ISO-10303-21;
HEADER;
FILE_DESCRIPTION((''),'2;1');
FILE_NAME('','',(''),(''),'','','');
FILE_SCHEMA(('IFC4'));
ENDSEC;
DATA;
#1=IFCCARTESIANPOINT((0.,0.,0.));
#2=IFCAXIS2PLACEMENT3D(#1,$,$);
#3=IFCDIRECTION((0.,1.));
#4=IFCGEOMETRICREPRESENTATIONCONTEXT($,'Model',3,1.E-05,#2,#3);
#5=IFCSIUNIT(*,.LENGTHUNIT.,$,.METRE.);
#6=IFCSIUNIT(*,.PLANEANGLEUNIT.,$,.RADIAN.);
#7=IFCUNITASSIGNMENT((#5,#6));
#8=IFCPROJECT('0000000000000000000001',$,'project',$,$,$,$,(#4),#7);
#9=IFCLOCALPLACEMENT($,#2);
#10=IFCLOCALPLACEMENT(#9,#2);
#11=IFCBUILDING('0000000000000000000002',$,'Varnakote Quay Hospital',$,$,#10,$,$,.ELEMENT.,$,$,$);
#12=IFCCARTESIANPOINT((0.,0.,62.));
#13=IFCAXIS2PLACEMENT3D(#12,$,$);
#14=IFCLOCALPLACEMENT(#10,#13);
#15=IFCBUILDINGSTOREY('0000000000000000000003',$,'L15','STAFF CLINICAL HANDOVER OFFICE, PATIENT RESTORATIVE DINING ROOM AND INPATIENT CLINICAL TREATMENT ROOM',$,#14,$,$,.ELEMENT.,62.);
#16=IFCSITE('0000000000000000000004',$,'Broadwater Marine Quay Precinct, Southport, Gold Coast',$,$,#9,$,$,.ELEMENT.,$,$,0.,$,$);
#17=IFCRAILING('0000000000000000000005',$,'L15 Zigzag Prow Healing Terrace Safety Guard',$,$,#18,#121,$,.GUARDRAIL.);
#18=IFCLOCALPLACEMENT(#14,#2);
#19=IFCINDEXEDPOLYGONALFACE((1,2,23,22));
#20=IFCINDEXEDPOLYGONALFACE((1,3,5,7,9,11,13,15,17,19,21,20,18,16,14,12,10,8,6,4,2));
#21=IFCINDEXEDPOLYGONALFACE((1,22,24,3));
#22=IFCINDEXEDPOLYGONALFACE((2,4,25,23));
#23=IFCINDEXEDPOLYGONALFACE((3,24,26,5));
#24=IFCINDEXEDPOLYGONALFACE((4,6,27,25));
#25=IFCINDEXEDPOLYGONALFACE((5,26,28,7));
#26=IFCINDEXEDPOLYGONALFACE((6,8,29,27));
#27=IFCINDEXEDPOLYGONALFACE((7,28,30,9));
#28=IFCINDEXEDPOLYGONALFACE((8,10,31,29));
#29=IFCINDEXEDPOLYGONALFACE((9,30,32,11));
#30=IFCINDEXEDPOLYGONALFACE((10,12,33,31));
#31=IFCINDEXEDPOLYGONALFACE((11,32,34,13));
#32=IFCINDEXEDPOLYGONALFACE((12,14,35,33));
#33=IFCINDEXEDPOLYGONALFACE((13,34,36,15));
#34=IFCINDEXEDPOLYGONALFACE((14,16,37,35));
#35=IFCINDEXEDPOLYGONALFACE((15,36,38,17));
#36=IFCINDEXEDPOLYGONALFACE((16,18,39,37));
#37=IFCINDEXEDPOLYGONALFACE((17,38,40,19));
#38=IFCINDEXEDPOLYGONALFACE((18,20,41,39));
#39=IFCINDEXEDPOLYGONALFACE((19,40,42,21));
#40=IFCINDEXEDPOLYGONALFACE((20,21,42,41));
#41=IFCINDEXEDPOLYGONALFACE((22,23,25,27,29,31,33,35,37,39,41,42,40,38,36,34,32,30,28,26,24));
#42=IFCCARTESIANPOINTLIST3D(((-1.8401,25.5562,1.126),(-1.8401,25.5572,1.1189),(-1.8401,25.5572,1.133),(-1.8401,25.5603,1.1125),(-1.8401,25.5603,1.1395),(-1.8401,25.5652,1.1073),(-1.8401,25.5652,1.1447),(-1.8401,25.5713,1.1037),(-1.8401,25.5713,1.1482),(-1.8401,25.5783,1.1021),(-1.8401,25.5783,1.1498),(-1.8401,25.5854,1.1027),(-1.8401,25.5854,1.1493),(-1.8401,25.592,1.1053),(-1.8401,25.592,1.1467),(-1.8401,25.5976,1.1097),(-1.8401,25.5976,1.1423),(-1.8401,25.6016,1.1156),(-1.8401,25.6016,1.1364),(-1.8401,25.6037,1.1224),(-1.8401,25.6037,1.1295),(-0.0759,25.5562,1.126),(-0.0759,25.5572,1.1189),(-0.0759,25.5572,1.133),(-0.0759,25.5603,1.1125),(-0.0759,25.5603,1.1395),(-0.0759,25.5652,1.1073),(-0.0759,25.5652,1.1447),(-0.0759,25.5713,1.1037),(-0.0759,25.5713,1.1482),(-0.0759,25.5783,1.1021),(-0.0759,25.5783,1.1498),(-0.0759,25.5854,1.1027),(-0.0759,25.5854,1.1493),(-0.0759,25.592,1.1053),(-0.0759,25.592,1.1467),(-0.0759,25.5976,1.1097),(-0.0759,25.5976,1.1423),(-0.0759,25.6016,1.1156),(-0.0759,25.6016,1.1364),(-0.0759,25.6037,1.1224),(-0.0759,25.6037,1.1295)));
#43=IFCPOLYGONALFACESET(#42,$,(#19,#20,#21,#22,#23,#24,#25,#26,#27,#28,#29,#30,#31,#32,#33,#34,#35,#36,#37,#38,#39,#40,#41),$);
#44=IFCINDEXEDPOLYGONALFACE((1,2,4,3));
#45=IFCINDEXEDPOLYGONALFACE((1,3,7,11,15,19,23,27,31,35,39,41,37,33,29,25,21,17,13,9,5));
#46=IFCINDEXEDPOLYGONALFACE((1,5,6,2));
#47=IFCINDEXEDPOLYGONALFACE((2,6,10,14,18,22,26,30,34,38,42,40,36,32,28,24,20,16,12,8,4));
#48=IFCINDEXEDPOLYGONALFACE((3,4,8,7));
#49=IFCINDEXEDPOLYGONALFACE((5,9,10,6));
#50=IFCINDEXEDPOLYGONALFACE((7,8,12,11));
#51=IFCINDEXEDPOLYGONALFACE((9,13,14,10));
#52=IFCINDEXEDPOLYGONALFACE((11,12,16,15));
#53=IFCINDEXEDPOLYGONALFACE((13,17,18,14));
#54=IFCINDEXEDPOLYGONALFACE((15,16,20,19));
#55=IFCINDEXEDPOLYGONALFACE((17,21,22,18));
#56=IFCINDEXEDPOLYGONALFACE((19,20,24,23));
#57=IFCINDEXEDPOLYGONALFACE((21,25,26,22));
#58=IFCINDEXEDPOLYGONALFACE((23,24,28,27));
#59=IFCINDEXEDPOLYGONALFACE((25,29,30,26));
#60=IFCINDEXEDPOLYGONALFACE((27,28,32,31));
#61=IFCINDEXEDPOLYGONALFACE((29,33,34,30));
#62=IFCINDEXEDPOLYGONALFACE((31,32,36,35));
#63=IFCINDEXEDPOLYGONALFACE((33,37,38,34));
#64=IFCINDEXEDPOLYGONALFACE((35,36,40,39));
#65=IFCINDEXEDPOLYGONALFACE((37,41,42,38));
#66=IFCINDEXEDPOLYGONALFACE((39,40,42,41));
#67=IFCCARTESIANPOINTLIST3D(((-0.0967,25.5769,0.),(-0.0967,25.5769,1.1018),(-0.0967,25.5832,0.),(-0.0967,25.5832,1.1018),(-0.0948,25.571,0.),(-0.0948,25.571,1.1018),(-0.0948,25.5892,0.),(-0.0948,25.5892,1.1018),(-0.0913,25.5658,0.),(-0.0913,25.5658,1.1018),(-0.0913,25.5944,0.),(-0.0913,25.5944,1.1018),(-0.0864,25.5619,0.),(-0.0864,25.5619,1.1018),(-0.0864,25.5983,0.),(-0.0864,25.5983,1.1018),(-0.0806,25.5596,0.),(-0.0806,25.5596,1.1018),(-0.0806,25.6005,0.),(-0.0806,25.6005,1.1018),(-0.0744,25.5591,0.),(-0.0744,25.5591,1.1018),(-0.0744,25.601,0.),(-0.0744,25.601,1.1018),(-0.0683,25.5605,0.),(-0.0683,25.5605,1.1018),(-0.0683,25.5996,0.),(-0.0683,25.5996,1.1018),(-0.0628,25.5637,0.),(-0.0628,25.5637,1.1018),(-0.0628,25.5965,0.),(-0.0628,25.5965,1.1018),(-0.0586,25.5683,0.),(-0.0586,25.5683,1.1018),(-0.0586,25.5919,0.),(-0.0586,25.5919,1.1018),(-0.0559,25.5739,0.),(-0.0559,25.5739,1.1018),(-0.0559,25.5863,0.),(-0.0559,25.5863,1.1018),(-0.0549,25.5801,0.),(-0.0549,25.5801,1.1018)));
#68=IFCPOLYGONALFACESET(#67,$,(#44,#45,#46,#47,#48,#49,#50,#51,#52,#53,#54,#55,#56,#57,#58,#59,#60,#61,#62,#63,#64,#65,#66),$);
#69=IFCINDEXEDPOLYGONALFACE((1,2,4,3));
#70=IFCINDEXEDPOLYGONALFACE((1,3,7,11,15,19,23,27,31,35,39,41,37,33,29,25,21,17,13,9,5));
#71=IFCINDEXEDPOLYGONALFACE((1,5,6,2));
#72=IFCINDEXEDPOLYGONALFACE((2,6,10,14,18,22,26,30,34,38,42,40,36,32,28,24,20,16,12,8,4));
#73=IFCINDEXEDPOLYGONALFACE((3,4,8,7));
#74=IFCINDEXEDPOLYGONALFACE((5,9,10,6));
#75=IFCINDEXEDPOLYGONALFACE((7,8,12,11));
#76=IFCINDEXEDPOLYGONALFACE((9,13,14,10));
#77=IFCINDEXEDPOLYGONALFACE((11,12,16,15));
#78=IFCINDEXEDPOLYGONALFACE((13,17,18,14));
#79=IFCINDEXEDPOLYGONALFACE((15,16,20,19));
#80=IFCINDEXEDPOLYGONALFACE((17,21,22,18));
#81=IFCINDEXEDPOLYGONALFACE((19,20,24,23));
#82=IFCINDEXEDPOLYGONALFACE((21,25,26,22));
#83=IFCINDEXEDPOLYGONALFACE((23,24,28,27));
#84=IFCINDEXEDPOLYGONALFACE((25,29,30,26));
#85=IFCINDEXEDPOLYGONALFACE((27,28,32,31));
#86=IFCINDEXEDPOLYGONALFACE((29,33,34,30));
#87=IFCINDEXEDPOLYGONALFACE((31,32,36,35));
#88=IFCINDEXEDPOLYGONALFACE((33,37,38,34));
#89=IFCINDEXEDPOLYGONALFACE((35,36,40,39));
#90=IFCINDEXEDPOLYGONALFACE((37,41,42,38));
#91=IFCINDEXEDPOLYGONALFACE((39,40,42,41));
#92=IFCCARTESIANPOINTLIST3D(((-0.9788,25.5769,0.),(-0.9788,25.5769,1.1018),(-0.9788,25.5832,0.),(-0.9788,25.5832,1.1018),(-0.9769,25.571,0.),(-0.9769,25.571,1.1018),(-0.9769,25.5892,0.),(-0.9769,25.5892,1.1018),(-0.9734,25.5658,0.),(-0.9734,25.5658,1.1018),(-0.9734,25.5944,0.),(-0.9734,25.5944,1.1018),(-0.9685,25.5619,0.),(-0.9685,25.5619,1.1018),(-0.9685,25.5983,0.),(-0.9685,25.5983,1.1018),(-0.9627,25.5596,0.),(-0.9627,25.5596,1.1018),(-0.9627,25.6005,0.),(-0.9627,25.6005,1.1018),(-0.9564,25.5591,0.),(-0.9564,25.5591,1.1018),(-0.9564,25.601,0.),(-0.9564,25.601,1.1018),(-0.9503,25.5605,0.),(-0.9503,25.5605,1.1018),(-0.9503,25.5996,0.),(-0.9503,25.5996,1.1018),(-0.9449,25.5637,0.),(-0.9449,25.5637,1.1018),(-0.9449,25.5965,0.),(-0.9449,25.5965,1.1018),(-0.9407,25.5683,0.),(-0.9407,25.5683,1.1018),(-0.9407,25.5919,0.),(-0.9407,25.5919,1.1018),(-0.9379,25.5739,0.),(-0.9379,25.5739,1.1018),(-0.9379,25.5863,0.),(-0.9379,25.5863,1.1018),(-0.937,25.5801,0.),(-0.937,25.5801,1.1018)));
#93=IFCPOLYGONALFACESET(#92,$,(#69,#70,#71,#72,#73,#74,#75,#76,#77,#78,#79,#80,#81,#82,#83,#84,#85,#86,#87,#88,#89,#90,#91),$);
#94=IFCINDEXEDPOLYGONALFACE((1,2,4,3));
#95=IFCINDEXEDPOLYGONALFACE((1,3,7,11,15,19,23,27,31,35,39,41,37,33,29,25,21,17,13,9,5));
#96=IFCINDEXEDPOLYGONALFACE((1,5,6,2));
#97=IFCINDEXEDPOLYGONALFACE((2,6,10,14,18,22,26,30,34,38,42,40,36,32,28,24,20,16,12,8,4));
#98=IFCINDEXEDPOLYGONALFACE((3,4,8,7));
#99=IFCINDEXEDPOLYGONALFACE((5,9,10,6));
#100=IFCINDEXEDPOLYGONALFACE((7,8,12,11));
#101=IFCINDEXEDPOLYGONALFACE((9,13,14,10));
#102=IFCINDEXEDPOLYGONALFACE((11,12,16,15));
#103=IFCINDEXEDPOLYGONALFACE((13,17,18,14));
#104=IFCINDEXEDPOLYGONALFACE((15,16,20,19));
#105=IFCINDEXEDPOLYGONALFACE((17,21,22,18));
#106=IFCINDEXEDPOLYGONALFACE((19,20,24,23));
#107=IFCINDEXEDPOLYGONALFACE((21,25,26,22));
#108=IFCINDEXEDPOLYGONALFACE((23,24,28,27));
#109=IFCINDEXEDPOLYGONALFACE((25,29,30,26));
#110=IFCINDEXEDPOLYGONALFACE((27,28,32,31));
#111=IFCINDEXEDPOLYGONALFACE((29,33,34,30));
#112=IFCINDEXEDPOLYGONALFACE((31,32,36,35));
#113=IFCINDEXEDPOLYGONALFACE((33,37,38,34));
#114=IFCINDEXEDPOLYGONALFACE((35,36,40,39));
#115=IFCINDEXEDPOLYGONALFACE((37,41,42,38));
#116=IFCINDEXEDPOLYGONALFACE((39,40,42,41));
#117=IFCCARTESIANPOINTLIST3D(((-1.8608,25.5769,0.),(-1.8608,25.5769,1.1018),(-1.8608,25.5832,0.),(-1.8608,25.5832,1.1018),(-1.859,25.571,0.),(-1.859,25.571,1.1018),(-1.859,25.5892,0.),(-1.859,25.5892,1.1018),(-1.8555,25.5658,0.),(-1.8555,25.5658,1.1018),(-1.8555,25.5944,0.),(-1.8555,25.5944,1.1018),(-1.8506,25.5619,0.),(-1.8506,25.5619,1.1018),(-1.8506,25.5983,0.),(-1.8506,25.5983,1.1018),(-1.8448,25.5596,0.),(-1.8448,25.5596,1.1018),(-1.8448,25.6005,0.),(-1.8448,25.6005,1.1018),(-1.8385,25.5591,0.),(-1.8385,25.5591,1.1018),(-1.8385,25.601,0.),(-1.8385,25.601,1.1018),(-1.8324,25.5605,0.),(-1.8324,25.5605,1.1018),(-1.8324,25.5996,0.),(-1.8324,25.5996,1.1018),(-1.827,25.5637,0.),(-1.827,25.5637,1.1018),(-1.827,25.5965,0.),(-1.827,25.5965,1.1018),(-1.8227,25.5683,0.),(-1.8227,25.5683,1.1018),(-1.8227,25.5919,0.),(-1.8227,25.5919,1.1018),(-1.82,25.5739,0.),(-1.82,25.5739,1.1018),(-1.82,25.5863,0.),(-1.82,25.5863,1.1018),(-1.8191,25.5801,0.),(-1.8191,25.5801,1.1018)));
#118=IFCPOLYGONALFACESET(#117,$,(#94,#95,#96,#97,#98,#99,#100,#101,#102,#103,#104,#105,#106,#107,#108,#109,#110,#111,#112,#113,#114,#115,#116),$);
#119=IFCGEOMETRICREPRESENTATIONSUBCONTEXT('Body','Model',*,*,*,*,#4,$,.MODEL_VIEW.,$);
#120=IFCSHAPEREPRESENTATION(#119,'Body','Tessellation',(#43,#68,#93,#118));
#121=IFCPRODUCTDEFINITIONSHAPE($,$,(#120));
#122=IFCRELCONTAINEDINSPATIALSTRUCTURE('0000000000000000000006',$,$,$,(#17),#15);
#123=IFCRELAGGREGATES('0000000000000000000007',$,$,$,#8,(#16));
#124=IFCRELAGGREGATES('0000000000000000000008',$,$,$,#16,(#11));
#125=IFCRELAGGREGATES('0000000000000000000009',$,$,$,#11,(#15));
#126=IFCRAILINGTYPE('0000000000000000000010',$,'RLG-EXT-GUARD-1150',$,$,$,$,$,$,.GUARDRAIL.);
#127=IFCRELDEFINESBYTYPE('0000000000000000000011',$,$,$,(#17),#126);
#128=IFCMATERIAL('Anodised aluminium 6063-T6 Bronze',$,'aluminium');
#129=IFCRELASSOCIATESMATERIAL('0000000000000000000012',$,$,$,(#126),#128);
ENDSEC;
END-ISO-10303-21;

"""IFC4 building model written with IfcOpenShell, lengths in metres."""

from ifc_helpers import new_model, si_unit, direction, frame, origin, origin_2d, place, context, subcontext, project, spatial, circle, extrude, material, type_object, element, save


model = new_model("IFC4")

# Units and contexts
model_context = context("Model", 3, precision=1e-05, world=origin(), true_north=direction((0.0, 1.0)))
body_context = subcontext(model_context, "Body", "Model", "MODEL_VIEW")
ifc_project = project(units=[si_unit("LENGTHUNIT", "METRE"), si_unit("PLANEANGLEUNIT", "RADIAN")], contexts=[model_context])

# Site, building, storey
site_placement = place(None, origin())
site = spatial("IfcSite", under=ifc_project, at=site_placement, Name="Broadwater Marine Quay Precinct, Southport, Gold Coast", CompositionType="ELEMENT", RefElevation=0.0)
building_placement = place(site_placement, origin())
building = spatial("IfcBuilding", under=site, at=building_placement, Name="Varnakote Quay Hospital", CompositionType="ELEMENT")
storey_placement = place(building_placement, frame((0.0, 0.0, 62.0)))
storey = spatial("IfcBuildingStorey", under=building, at=storey_placement, Name="L15", Description="STAFF CLINICAL HANDOVER OFFICE, PATIENT RESTORATIVE DINING ROOM AND INPATIENT CLINICAL TREATMENT ROOM", CompositionType="ELEMENT", Elevation=62.0)

# Railing
ifc_material_1 = material(Name="Anodised aluminium 6063-T6 Bronze", Category="aluminium")
railing_type = type_object("IfcRailingType", Name="RLG-EXT-GUARD-1150", PredefinedType="GUARDRAIL", material=ifc_material_1)
railing_1_placement = place(storey_placement, frame((-0.0759, 25.5801, 0.0)))
element("IfcRailing", 1, at=railing_1_placement, inside=storey, type_object=railing_type, Name="L15 Zigzag Prow Healing Terrace Safety Guard", PredefinedType="GUARDRAIL", context=body_context, shape_type="SweptSolid", body=[
    extrude(circle(Radius=0.0239, at=origin_2d()), frame((0.0, 0.0, 1.126), z_axis=(-1.0, 0.0, 0.0), x_axis=(0.0, -1.0, 0.0)), (0.0, 0.0, 1.0), 1.7642),
    extrude(circle(Radius=0.021, at=origin_2d()), origin(), (0.0, 0.0, 1.0), 1.1018),
    extrude(circle(Radius=0.021, at=origin_2d()), frame((-0.8821, 0.0, 0.0)), (0.0, 0.0, 1.0), 1.1018),
    extrude(circle(Radius=0.021, at=origin_2d()), frame((-1.7642, 0.0, 0.0)), (0.0, 0.0, 1.0), 1.1018),
])

save(model, "model.ifc")
